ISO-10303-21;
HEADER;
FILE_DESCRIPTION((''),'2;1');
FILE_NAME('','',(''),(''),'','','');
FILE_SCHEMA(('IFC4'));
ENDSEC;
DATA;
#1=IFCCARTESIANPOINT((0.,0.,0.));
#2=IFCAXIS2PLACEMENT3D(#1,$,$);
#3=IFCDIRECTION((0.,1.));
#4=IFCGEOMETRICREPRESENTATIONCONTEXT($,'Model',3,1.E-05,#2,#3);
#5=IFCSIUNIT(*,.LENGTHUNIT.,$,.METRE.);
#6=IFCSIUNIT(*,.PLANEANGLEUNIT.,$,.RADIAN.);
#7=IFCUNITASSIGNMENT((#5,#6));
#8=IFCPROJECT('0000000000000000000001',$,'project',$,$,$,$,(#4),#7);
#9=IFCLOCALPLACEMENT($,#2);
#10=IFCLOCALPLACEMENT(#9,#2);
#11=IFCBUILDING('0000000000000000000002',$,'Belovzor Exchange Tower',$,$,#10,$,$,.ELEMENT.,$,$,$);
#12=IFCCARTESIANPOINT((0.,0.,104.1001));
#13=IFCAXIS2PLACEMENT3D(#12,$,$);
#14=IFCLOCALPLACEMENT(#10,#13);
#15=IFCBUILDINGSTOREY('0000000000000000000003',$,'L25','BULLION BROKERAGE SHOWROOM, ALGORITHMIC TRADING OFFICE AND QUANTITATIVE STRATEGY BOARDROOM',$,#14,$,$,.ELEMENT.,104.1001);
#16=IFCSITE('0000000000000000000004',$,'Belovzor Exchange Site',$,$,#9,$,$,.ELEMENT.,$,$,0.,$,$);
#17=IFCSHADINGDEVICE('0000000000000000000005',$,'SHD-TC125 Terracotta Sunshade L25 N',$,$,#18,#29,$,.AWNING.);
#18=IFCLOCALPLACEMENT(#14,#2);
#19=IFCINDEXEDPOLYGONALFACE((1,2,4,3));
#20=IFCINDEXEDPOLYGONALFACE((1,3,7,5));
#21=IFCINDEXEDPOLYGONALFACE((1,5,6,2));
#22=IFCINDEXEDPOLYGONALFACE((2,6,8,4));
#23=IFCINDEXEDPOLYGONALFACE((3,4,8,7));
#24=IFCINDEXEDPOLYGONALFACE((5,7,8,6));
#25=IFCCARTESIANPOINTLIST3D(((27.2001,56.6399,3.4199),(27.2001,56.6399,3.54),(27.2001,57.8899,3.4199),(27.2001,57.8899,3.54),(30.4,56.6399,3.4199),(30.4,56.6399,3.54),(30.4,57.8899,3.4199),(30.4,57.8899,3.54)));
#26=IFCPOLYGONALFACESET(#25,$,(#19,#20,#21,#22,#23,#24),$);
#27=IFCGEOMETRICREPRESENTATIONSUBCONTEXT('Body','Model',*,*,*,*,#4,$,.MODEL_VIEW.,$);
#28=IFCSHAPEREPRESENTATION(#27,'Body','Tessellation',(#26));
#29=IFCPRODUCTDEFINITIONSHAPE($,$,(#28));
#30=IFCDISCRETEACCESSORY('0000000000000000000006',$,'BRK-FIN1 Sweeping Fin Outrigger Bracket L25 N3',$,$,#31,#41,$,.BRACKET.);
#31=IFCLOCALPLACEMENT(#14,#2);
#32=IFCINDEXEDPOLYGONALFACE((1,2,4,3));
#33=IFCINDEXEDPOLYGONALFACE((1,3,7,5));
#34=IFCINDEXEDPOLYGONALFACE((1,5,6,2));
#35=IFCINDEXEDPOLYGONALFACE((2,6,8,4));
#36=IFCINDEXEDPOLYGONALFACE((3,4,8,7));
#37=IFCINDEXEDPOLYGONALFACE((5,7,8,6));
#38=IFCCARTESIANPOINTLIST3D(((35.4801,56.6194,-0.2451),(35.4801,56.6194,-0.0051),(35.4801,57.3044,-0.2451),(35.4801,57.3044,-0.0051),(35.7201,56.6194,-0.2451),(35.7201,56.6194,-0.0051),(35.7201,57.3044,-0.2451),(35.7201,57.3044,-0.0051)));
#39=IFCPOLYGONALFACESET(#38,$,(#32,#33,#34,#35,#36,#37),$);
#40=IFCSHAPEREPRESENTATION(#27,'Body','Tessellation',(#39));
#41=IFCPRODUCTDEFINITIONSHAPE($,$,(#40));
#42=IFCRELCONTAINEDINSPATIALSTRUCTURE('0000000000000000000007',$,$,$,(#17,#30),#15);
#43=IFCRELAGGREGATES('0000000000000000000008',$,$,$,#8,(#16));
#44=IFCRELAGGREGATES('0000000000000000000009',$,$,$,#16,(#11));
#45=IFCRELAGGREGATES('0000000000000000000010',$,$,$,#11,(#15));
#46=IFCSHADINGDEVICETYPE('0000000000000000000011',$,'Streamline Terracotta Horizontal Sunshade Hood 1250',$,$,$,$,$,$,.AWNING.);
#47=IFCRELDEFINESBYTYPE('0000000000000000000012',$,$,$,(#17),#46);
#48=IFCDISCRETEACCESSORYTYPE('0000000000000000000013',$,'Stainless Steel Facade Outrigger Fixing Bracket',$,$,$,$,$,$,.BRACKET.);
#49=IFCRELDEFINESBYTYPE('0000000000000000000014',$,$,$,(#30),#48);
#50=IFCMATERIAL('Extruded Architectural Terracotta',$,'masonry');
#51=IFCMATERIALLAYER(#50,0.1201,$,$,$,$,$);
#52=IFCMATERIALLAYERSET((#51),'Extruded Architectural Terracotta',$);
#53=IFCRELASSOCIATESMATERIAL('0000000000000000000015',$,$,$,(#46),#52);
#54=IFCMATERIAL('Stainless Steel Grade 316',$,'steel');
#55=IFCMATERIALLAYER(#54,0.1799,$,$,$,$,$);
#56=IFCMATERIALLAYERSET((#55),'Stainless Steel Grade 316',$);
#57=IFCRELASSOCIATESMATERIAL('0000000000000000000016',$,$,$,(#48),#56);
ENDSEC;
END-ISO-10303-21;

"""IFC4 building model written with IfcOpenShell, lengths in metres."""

from ifc_helpers import new_model, si_unit, direction, frame, origin, origin_2d, place, context, subcontext, project, spatial, rectangle, extrude, material, layer, layer_set, type_object, element, save


model = new_model("IFC4")

# Units and contexts
model_context = context("Model", 3, precision=1e-05, world=origin(), true_north=direction((0.0, 1.0)))
body_context = subcontext(model_context, "Body", "Model", "MODEL_VIEW")
ifc_project = project(units=[si_unit("LENGTHUNIT", "METRE"), si_unit("PLANEANGLEUNIT", "RADIAN")], contexts=[model_context])

# Site, building, storey
site_placement = place(None, origin())
site = spatial("IfcSite", under=ifc_project, at=site_placement, Name="Belovzor Exchange Site", CompositionType="ELEMENT", RefElevation=0.0)
building_placement = place(site_placement, origin())
building = spatial("IfcBuilding", under=site, at=building_placement, Name="Belovzor Exchange Tower", CompositionType="ELEMENT")
storey_placement = place(building_placement, frame((0.0, 0.0, 104.1001)))
storey = spatial("IfcBuildingStorey", under=building, at=storey_placement, Name="L25", Description="BULLION BROKERAGE SHOWROOM, ALGORITHMIC TRADING OFFICE AND QUANTITATIVE STRATEGY BOARDROOM", CompositionType="ELEMENT", Elevation=104.1001)

# Shading device
ifc_material_1 = material(Name="Extruded Architectural Terracotta", Category="masonry")
ifc_layer_1 = layer(ifc_material_1, 0.1201)
ifc_layer_set_1 = layer_set([ifc_layer_1], Name="Extruded Architectural Terracotta")
shading_device_type = type_object("IfcShadingDeviceType", Name="Streamline Terracotta Horizontal Sunshade Hood 1250", PredefinedType="AWNING", material=ifc_layer_set_1)
shading_device_placement = place(storey_placement, frame((28.8, 57.2649, 3.4199), z_axis=(0.0, 0.0, 1.0), x_axis=(1.0, 0.0, 0.0)))
element("IfcShadingDevice", 1, at=shading_device_placement, inside=storey, type_object=shading_device_type, Name="SHD-TC125 Terracotta Sunshade L25 N", PredefinedType="AWNING", context=body_context, shape_type="SweptSolid", body=[
    extrude(rectangle(XDim=3.2, YDim=1.25, at=origin_2d()), origin(), (0.0, 0.0, 1.0), 0.1201),
])

# Discrete accessory
ifc_material_2 = material(Name="Stainless Steel Grade 316", Category="steel")
ifc_layer_2 = layer(ifc_material_2, 0.1799)
ifc_layer_set_2 = layer_set([ifc_layer_2], Name="Stainless Steel Grade 316")
discrete_accessory_type = type_object("IfcDiscreteAccessoryType", Name="Stainless Steel Facade Outrigger Fixing Bracket", PredefinedType="BRACKET", material=ifc_layer_set_2)
discrete_accessory_placement = place(storey_placement, frame((35.6001, 56.9619, -0.2451), z_axis=(0.0, 0.0, 1.0), x_axis=(0.0, 1.0, 0.0)))
element("IfcDiscreteAccessory", 2, at=discrete_accessory_placement, inside=storey, type_object=discrete_accessory_type, Name="BRK-FIN1 Sweeping Fin Outrigger Bracket L25 N3", PredefinedType="BRACKET", context=body_context, shape_type="SweptSolid", body=[
    extrude(rectangle(XDim=0.6851, YDim=0.24, at=origin_2d()), origin(), (0.0, 0.0, 1.0), 0.24),
])

save(model, "model.ifc")
